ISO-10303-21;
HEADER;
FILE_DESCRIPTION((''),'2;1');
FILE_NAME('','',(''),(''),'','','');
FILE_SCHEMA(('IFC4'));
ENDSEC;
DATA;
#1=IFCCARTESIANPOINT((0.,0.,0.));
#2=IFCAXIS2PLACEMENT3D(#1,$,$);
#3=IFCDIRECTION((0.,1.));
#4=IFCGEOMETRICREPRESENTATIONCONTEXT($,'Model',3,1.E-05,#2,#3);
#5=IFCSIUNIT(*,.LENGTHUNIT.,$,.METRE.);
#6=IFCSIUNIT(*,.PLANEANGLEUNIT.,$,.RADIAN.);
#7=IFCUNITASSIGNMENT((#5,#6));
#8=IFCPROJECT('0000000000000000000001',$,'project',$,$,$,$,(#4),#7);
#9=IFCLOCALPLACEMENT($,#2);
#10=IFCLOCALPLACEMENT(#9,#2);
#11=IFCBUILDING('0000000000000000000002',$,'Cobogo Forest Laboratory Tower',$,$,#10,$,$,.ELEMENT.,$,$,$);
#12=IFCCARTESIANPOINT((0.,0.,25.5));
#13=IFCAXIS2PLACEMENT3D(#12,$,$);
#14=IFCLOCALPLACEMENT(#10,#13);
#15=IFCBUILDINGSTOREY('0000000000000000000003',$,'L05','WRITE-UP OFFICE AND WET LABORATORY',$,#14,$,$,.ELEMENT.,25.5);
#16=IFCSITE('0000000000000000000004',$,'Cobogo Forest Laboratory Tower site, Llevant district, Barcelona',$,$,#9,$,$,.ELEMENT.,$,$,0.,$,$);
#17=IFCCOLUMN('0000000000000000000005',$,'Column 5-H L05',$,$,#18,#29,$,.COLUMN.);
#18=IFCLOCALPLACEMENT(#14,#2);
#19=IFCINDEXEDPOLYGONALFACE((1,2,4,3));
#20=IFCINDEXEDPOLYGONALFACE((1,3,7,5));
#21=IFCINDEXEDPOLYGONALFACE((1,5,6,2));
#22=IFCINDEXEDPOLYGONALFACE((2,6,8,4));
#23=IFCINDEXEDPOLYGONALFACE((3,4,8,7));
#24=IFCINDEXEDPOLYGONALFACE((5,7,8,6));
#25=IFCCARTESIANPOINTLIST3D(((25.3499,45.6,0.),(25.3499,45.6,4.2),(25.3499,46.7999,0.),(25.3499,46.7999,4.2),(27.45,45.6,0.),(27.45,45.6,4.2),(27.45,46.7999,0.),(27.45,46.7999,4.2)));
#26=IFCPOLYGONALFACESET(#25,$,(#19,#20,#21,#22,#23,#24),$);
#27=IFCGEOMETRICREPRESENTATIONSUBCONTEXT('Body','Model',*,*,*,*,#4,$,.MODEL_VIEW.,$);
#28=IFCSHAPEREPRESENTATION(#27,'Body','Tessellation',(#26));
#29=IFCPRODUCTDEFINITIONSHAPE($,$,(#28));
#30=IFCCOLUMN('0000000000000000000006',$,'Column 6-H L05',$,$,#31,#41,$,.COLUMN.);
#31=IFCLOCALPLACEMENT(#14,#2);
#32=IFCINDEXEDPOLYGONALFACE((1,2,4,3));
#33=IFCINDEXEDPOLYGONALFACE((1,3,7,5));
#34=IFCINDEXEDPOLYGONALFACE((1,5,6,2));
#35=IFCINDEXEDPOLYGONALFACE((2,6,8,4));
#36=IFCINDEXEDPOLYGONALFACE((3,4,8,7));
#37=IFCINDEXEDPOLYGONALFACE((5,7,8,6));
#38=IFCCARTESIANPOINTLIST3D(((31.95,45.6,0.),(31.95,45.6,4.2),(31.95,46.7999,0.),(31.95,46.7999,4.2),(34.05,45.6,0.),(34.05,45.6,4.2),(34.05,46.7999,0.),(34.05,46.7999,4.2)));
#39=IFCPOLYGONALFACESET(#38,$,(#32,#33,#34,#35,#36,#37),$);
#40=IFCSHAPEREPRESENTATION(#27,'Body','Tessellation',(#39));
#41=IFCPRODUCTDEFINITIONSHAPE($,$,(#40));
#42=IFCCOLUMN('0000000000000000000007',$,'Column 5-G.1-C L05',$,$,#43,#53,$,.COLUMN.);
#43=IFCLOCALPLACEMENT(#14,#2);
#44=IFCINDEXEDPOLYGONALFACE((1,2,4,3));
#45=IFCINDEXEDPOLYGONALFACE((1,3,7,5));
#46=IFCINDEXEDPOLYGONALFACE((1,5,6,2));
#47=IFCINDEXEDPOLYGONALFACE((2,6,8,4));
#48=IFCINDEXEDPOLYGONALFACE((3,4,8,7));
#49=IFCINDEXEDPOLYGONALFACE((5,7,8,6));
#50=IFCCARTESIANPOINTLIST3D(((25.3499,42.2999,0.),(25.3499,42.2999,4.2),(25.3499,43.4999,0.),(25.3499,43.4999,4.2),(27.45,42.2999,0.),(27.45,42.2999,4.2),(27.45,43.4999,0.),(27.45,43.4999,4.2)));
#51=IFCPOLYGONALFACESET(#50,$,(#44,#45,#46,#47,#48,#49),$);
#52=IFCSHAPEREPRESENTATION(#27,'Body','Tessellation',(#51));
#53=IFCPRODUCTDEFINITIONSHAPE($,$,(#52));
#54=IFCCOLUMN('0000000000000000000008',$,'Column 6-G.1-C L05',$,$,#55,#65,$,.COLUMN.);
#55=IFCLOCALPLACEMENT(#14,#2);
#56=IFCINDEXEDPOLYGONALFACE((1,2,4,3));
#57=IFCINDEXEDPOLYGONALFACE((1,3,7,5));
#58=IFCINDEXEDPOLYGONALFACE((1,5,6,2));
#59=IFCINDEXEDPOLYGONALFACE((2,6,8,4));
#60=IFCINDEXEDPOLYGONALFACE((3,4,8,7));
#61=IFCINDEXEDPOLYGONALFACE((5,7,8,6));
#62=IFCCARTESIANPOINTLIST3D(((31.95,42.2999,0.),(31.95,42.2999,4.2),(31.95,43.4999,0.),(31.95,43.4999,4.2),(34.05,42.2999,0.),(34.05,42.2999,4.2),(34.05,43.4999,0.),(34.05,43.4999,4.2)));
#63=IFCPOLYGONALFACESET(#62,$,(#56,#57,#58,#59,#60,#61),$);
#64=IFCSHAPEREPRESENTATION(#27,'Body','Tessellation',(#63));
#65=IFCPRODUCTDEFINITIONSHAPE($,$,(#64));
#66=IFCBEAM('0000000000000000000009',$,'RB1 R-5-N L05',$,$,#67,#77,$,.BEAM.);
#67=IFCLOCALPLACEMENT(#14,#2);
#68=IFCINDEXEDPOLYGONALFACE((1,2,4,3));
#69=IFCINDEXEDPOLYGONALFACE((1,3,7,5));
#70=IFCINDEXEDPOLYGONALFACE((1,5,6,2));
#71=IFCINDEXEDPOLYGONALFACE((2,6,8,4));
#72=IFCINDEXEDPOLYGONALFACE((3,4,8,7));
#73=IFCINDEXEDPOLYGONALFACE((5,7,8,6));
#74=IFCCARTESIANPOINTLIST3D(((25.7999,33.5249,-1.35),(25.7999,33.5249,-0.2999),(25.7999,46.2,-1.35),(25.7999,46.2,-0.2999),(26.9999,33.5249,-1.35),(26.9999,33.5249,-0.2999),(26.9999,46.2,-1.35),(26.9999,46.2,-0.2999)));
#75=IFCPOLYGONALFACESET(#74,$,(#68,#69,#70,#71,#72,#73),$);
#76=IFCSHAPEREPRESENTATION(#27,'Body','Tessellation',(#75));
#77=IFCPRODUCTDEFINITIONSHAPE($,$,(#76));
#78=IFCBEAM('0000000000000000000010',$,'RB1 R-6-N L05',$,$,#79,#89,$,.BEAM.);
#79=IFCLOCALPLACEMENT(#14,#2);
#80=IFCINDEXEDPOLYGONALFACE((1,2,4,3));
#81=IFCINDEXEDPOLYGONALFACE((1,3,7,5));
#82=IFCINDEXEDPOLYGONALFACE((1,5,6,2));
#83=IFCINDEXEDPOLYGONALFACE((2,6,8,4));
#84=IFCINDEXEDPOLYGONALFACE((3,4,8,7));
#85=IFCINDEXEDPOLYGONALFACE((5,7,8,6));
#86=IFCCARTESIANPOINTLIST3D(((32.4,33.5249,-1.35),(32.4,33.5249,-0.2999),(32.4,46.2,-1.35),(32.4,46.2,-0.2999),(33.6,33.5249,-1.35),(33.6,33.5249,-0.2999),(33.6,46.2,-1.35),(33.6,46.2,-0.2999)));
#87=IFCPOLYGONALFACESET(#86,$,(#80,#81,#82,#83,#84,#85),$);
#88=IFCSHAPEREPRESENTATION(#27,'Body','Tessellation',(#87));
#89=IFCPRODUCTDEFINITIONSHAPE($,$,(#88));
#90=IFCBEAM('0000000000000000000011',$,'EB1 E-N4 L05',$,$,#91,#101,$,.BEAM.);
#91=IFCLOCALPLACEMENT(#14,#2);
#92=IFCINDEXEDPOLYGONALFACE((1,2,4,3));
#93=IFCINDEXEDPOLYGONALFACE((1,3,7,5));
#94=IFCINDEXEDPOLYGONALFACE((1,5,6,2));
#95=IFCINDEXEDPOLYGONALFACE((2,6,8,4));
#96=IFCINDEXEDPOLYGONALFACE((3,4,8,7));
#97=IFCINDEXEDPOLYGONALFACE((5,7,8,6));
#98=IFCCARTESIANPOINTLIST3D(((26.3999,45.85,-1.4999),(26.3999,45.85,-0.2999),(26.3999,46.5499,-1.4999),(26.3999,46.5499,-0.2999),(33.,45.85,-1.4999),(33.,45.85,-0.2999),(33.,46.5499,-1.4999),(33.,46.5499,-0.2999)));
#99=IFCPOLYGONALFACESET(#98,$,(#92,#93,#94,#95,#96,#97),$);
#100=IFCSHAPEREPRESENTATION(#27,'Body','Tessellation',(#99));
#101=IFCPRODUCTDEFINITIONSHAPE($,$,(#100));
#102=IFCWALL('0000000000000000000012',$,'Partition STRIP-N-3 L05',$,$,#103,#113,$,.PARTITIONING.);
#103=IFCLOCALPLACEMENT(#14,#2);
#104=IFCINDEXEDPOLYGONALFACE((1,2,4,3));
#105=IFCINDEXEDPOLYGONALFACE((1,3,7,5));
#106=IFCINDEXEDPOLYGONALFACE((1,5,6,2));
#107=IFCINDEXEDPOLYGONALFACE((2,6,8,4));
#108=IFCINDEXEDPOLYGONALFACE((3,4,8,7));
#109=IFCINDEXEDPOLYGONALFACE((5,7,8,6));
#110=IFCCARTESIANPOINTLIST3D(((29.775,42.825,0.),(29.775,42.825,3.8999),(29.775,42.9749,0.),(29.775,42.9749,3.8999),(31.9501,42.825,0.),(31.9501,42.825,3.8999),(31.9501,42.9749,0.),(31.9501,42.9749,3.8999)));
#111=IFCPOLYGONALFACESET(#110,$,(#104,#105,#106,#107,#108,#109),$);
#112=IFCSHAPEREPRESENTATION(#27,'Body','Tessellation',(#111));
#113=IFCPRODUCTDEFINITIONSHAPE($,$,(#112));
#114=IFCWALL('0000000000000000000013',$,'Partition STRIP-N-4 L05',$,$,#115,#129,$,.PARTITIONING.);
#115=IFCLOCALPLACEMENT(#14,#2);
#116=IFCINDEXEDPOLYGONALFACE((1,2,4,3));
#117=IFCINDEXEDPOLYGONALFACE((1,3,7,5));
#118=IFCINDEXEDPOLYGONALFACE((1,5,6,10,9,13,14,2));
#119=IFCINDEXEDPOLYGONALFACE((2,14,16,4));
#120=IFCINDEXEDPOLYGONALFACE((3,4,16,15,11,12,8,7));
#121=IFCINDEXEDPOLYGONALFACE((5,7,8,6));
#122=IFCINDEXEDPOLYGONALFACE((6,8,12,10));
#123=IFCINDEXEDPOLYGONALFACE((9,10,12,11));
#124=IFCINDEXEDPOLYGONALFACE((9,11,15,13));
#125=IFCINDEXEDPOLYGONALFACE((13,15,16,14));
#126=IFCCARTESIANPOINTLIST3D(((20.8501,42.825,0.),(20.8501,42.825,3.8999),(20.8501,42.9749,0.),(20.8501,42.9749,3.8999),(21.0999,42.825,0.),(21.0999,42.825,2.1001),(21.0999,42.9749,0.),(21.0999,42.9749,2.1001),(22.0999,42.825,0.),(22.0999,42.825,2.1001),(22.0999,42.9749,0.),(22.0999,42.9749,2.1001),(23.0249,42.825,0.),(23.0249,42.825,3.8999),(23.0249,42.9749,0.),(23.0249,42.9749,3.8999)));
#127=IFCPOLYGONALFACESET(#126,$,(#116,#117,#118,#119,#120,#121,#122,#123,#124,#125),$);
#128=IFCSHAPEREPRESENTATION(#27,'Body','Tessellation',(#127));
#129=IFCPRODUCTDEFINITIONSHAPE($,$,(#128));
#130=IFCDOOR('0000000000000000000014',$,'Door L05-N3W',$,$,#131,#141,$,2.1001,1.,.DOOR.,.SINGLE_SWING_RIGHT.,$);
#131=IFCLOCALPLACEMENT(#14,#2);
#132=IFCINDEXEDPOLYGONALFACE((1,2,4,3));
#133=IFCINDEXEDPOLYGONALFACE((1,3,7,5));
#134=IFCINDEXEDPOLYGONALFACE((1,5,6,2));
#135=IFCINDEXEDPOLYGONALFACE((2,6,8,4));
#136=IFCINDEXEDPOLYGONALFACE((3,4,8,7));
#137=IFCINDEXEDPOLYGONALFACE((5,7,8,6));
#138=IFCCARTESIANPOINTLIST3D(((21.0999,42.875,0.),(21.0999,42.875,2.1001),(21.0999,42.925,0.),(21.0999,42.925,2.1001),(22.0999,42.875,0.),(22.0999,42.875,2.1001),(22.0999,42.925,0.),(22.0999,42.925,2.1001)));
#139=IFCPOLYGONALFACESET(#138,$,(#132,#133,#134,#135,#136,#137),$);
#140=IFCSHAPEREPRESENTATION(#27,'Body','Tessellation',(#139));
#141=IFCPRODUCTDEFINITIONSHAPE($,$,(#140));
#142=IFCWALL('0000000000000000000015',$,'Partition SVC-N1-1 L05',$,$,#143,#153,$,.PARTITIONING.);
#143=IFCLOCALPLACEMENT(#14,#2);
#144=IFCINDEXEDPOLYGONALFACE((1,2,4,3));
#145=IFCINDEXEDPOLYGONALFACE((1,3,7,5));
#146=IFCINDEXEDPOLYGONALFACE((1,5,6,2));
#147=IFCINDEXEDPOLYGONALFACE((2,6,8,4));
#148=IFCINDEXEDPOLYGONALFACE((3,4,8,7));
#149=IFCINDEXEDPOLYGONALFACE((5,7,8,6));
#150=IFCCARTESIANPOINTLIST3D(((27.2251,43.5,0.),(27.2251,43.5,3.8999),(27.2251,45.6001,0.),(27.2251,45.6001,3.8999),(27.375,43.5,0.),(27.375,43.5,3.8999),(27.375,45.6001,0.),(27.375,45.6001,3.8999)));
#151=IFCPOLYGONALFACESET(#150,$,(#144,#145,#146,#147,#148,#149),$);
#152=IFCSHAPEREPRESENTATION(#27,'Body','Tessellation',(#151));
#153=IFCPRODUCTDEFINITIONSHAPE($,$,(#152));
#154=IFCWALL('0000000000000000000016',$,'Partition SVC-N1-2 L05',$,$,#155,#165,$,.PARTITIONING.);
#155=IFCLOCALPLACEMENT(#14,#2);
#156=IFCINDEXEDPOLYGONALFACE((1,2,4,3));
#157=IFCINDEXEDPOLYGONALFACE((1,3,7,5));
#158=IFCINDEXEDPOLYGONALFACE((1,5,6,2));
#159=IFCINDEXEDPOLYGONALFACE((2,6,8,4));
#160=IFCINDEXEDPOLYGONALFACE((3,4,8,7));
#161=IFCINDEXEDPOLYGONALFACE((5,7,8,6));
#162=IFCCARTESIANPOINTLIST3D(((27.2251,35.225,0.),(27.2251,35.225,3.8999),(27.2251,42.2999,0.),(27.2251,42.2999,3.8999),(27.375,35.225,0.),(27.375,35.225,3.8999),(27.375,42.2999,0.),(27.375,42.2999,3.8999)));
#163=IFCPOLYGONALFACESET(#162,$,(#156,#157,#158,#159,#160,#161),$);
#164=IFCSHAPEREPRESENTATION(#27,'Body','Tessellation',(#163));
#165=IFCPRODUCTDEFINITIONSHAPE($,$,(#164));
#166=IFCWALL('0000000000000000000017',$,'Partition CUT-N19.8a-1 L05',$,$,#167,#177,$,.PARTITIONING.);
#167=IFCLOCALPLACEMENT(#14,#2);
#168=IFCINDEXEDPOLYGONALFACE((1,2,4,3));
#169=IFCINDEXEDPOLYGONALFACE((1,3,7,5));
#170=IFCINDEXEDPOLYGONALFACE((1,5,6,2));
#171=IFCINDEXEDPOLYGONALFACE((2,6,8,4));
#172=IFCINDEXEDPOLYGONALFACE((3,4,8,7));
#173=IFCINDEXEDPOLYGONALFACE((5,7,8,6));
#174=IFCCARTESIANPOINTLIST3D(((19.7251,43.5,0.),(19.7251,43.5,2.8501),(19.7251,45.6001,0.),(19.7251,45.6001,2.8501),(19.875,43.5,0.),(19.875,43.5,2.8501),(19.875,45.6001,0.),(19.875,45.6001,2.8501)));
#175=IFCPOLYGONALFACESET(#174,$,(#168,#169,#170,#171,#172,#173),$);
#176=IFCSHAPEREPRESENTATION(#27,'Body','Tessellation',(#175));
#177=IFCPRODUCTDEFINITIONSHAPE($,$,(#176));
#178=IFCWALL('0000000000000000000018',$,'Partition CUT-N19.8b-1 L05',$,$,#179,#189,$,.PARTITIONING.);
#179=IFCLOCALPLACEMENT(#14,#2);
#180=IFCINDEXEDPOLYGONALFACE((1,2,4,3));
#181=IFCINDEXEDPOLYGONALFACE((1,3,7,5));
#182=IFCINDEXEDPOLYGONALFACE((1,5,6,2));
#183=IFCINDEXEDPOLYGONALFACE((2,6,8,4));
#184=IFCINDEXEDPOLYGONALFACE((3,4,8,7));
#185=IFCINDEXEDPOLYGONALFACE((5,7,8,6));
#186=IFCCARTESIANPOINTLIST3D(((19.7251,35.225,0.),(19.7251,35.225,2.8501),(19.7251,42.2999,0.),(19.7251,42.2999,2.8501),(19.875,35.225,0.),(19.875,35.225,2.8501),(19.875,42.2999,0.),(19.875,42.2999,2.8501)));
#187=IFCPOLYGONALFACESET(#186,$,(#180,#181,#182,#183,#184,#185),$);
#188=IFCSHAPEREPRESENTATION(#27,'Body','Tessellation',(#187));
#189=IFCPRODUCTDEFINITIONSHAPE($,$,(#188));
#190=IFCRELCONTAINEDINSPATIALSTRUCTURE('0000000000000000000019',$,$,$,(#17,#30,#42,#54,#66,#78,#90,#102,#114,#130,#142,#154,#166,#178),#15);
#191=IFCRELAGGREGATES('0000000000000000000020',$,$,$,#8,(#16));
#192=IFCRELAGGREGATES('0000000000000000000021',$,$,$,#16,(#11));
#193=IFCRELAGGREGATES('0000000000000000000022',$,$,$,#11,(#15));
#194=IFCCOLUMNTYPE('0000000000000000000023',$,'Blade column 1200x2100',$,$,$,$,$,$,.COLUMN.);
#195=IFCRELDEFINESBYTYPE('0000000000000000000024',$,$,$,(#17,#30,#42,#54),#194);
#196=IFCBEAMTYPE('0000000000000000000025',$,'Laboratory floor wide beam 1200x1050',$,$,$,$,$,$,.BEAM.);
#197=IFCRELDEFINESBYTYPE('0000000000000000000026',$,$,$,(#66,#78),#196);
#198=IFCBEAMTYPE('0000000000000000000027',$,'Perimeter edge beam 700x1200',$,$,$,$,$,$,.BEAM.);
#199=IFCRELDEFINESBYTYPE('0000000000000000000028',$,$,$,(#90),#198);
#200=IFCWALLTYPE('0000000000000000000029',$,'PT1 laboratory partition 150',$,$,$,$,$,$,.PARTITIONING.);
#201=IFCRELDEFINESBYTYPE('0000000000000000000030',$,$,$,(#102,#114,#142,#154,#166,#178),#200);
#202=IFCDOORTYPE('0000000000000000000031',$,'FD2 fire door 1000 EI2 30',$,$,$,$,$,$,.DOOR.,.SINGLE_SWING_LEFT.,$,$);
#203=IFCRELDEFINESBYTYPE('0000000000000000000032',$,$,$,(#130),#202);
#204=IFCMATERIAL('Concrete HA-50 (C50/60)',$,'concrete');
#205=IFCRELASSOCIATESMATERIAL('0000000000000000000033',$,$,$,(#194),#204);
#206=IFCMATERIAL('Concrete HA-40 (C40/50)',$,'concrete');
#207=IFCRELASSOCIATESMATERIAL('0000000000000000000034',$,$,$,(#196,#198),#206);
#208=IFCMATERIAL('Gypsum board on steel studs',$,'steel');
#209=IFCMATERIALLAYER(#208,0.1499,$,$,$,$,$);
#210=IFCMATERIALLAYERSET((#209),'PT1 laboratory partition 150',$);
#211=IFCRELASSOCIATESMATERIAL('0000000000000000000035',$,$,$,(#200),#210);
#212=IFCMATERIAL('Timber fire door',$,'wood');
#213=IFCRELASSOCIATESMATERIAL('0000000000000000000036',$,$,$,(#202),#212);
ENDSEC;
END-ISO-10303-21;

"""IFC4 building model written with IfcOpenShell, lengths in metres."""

from ifc_helpers import new_model, si_unit, direction, frame, frame_2d, origin, origin_2d, place, context, subcontext, project, spatial, rectangle, extrude, material, layer, layer_set, material_profile, profile_set, type_object, element, fill, save


model = new_model("IFC4")

# Units and contexts
model_context = context("Model", 3, precision=1e-05, world=origin(), true_north=direction((0.0, 1.0)))
body_context = subcontext(model_context, "Body", "Model", "MODEL_VIEW")
ifc_project = project(units=[si_unit("LENGTHUNIT", "METRE"), si_unit("PLANEANGLEUNIT", "RADIAN")], contexts=[model_context])

# Site, building, storey
site_placement = place(None, origin())
site = spatial("IfcSite", under=ifc_project, at=site_placement, Name="Cobogo Forest Laboratory Tower site, Llevant district, Barcelona", CompositionType="ELEMENT", RefElevation=0.0)
building_placement = place(site_placement, origin())
building = spatial("IfcBuilding", under=site, at=building_placement, Name="Cobogo Forest Laboratory Tower", CompositionType="ELEMENT")
storey_placement = place(building_placement, frame((0.0, 0.0, 25.5)))
storey = spatial("IfcBuildingStorey", under=building, at=storey_placement, Name="L05", Description="WRITE-UP OFFICE AND WET LABORATORY", CompositionType="ELEMENT", Elevation=25.5)

# Columns
ifc_material_1 = material(Name="Concrete HA-50 (C50/60)", Category="concrete")
ifc_material_profile_1 = material_profile(ifc_material_1, rectangle(XDim=2.1001, YDim=1.2, at=origin_2d()), Name="RC 1200x2100")
ifc_profile_set_1 = profile_set([ifc_material_profile_1], Name="Concrete HA-50 (C50/60)")
column_type = type_object("IfcColumnType", Name="Blade column 1200x2100", PredefinedType="COLUMN", material=ifc_profile_set_1)
for number, where, z_axis, x_axis, name in (
    (1, (26.3999, 46.2, 0.0), (0.0, 0.0, 1.0), (1.0, 0.0, 0.0), "Column 5-H L05"),
    (2, (33.0, 46.2, 0.0), (0.0, 0.0, 1.0), (1.0, 0.0, 0.0), "Column 6-H L05"),
    (3, (26.3999, 42.8999, 0.0), (0.0, 0.0, 1.0), (1.0, 0.0, 0.0), "Column 5-G.1-C L05"),
    (4, (33.0, 42.8999, 0.0), (0.0, 0.0, 1.0), (1.0, 0.0, 0.0), "Column 6-G.1-C L05"),
):
    element("IfcColumn", number, at=place(storey_placement, frame(where, z_axis=z_axis, x_axis=x_axis)), inside=storey, type_object=column_type, Name=name, PredefinedType="COLUMN", context=body_context, shape_type="SweptSolid", body=[
        extrude(rectangle(XDim=2.1001, YDim=1.2, at=origin_2d()), origin(), (0.0, 0.0, 1.0), 4.2),
    ])

# Beams
ifc_material_2 = material(Name="Concrete HA-40 (C40/50)", Category="concrete")
ifc_material_profile_2 = material_profile(ifc_material_2, rectangle(XDim=1.2, YDim=1.05, at=origin_2d()), Name="RC 1200x1050")
ifc_profile_set_2 = profile_set([ifc_material_profile_2], Name="Concrete HA-40 (C40/50)")
beam_type_1 = type_object("IfcBeamType", Name="Laboratory floor wide beam 1200x1050", PredefinedType="BEAM", material=ifc_profile_set_2)
for number, where, z_axis, x_axis, name in (
    (5, (26.3999, 33.5249, -0.825), (0.0, 1.0, 0.0), (-1.0, 0.0, 0.0), "RB1 R-5-N L05"),
    (6, (33.0, 33.5249, -0.825), (0.0, 1.0, 0.0), (-1.0, 0.0, 0.0), "RB1 R-6-N L05"),
):
    element("IfcBeam", number, at=place(storey_placement, frame(where, z_axis=z_axis, x_axis=x_axis)), inside=storey, type_object=beam_type_1, Name=name, PredefinedType="BEAM", context=body_context, shape_type="SweptSolid", body=[
        extrude(rectangle(XDim=1.2, YDim=1.05, at=origin_2d()), origin(), (0.0, 0.0, 1.0), 12.675),
    ])
ifc_material_profile_3 = material_profile(ifc_material_2, rectangle(XDim=0.7, YDim=1.2, at=origin_2d()), Name="RC 700x1200")
ifc_profile_set_3 = profile_set([ifc_material_profile_3], Name="Concrete HA-40 (C40/50)")
beam_type_2 = type_object("IfcBeamType", Name="Perimeter edge beam 700x1200", PredefinedType="BEAM", material=ifc_profile_set_3)
beam_placement = place(storey_placement, frame((26.3999, 46.2, -0.8999), z_axis=(1.0, 0.0, 0.0), x_axis=(0.0, 1.0, 0.0)))
element("IfcBeam", 7, at=beam_placement, inside=storey, type_object=beam_type_2, Name="EB1 E-N4 L05", PredefinedType="BEAM", context=body_context, shape_type="SweptSolid", body=[
    extrude(rectangle(XDim=0.7, YDim=1.2, at=origin_2d()), origin(), (0.0, 0.0, 1.0), 6.6001),
])

# Wall
ifc_material_3 = material(Name="Gypsum board on steel studs", Category="steel")
ifc_layer_1 = layer(ifc_material_3, 0.1499)
ifc_layer_set_1 = layer_set([ifc_layer_1], Name="PT1 laboratory partition 150")
wall_type_1 = type_object("IfcWallType", Name="PT1 laboratory partition 150", PredefinedType="PARTITIONING", material=ifc_layer_set_1)
wall_1_placement = place(storey_placement, frame((31.95, 42.8999, 0.0), z_axis=(0.0, 0.0, 1.0), x_axis=(-1.0, 0.0, 0.0)))
element("IfcWall", 8, at=wall_1_placement, inside=storey, type_object=wall_type_1, Name="Partition STRIP-N-3 L05", PredefinedType="PARTITIONING", context=body_context, shape_type="SweptSolid", body=[
    extrude(rectangle(XDim=2.175, YDim=0.1499, at=frame_2d((1.0874, 0.0))), origin(), (0.0, 0.0, 1.0), 3.8999),
])

# Wall, opening, door
wall_2_placement = place(storey_placement, frame((23.0249, 42.8999, 0.0), z_axis=(0.0, 0.0, 1.0), x_axis=(-1.0, 0.0, 0.0)))
wall_2 = element("IfcWall", 9, at=wall_2_placement, inside=storey, type_object=wall_type_1, Name="Partition STRIP-N-4 L05", PredefinedType="PARTITIONING", context=body_context, shape_type="SweptSolid", body=[
    extrude(rectangle(XDim=2.1748, YDim=0.1499, at=frame_2d((1.0874, 0.0))), origin(), (0.0, 0.0, 1.0), 3.8999),
])
opening_placement = place(wall_2_placement, frame((0.925, 0.0, 0.0)))
opening = element("IfcOpeningElement", 10, at=opening_placement, cuts=wall_2, PredefinedType="OPENING", context=body_context, shape_type="SweptSolid", body=[
    extrude(rectangle(XDim=1.0, YDim=2.1001, at=frame_2d((0.5, 1.05))), frame((0.0, 0.085, 0.0), z_axis=(0.0, -1.0, 0.0), x_axis=(1.0, 0.0, 0.0)), (0.0, 0.0, 1.0), 0.1699),
])
ifc_material_4 = material(Name="Timber fire door", Category="wood")
door_type = type_object("IfcDoorType", Name="FD2 fire door 1000 EI2 30", OperationType="SINGLE_SWING_LEFT", PredefinedType="DOOR", material=ifc_material_4)
door_placement = place(opening_placement, origin())
door = element("IfcDoor", 11, at=door_placement, inside=storey, type_object=door_type, Name="Door L05-N3W", OperationType="SINGLE_SWING_RIGHT", OverallHeight=2.1001, OverallWidth=1.0, PredefinedType="DOOR", context=body_context, shape_type="SweptSolid", body=[
    extrude(rectangle(XDim=1.0, YDim=2.1001, at=frame_2d((0.5, 1.05))), frame((0.0, 0.0249, 0.0), z_axis=(0.0, -1.0, 0.0), x_axis=(1.0, 0.0, 0.0)), (0.0, 0.0, 1.0), 0.05),
])
fill(opening, door)

# Walls
wall_3_placement = place(storey_placement, frame((27.3, 45.6001, 0.0), z_axis=(0.0, 0.0, 1.0), x_axis=(0.0, -1.0, 0.0)))
element("IfcWall", 12, at=wall_3_placement, inside=storey, type_object=wall_type_1, Name="Partition SVC-N1-1 L05", PredefinedType="PARTITIONING", context=body_context, shape_type="SweptSolid", body=[
    extrude(rectangle(XDim=2.1001, YDim=0.1499, at=frame_2d((1.05, 0.0))), origin(), (0.0, 0.0, 1.0), 3.8999),
])
wall_4_placement = place(storey_placement, frame((27.3, 42.3, 0.0), z_axis=(0.0, 0.0, 1.0), x_axis=(0.0, -1.0, 0.0)))
element("IfcWall", 13, at=wall_4_placement, inside=storey, type_object=wall_type_1, Name="Partition SVC-N1-2 L05", PredefinedType="PARTITIONING", context=body_context, shape_type="SweptSolid", body=[
    extrude(rectangle(XDim=7.075, YDim=0.1499, at=frame_2d((3.5376, 0.0))), origin(), (0.0, 0.0, 1.0), 3.8999),
])
wall_5_placement = place(storey_placement, frame((19.8, 45.6001, 0.0), z_axis=(0.0, 0.0, 1.0), x_axis=(0.0, -1.0, 0.0)))
element("IfcWall", 14, at=wall_5_placement, inside=storey, type_object=wall_type_1, Name="Partition CUT-N19.8a-1 L05", PredefinedType="PARTITIONING", context=body_context, shape_type="SweptSolid", body=[
    extrude(rectangle(XDim=2.1001, YDim=0.1499, at=frame_2d((1.05, 0.0))), origin(), (0.0, 0.0, 1.0), 2.8501),
])
wall_6_placement = place(storey_placement, frame((19.8, 42.3, 0.0), z_axis=(0.0, 0.0, 1.0), x_axis=(0.0, -1.0, 0.0)))
element("IfcWall", 15, at=wall_6_placement, inside=storey, type_object=wall_type_1, Name="Partition CUT-N19.8b-1 L05", PredefinedType="PARTITIONING", context=body_context, shape_type="SweptSolid", body=[
    extrude(rectangle(XDim=7.075, YDim=0.1499, at=frame_2d((3.5376, 0.0))), origin(), (0.0, 0.0, 1.0), 2.8501),
])

save(model, "model.ifc")
